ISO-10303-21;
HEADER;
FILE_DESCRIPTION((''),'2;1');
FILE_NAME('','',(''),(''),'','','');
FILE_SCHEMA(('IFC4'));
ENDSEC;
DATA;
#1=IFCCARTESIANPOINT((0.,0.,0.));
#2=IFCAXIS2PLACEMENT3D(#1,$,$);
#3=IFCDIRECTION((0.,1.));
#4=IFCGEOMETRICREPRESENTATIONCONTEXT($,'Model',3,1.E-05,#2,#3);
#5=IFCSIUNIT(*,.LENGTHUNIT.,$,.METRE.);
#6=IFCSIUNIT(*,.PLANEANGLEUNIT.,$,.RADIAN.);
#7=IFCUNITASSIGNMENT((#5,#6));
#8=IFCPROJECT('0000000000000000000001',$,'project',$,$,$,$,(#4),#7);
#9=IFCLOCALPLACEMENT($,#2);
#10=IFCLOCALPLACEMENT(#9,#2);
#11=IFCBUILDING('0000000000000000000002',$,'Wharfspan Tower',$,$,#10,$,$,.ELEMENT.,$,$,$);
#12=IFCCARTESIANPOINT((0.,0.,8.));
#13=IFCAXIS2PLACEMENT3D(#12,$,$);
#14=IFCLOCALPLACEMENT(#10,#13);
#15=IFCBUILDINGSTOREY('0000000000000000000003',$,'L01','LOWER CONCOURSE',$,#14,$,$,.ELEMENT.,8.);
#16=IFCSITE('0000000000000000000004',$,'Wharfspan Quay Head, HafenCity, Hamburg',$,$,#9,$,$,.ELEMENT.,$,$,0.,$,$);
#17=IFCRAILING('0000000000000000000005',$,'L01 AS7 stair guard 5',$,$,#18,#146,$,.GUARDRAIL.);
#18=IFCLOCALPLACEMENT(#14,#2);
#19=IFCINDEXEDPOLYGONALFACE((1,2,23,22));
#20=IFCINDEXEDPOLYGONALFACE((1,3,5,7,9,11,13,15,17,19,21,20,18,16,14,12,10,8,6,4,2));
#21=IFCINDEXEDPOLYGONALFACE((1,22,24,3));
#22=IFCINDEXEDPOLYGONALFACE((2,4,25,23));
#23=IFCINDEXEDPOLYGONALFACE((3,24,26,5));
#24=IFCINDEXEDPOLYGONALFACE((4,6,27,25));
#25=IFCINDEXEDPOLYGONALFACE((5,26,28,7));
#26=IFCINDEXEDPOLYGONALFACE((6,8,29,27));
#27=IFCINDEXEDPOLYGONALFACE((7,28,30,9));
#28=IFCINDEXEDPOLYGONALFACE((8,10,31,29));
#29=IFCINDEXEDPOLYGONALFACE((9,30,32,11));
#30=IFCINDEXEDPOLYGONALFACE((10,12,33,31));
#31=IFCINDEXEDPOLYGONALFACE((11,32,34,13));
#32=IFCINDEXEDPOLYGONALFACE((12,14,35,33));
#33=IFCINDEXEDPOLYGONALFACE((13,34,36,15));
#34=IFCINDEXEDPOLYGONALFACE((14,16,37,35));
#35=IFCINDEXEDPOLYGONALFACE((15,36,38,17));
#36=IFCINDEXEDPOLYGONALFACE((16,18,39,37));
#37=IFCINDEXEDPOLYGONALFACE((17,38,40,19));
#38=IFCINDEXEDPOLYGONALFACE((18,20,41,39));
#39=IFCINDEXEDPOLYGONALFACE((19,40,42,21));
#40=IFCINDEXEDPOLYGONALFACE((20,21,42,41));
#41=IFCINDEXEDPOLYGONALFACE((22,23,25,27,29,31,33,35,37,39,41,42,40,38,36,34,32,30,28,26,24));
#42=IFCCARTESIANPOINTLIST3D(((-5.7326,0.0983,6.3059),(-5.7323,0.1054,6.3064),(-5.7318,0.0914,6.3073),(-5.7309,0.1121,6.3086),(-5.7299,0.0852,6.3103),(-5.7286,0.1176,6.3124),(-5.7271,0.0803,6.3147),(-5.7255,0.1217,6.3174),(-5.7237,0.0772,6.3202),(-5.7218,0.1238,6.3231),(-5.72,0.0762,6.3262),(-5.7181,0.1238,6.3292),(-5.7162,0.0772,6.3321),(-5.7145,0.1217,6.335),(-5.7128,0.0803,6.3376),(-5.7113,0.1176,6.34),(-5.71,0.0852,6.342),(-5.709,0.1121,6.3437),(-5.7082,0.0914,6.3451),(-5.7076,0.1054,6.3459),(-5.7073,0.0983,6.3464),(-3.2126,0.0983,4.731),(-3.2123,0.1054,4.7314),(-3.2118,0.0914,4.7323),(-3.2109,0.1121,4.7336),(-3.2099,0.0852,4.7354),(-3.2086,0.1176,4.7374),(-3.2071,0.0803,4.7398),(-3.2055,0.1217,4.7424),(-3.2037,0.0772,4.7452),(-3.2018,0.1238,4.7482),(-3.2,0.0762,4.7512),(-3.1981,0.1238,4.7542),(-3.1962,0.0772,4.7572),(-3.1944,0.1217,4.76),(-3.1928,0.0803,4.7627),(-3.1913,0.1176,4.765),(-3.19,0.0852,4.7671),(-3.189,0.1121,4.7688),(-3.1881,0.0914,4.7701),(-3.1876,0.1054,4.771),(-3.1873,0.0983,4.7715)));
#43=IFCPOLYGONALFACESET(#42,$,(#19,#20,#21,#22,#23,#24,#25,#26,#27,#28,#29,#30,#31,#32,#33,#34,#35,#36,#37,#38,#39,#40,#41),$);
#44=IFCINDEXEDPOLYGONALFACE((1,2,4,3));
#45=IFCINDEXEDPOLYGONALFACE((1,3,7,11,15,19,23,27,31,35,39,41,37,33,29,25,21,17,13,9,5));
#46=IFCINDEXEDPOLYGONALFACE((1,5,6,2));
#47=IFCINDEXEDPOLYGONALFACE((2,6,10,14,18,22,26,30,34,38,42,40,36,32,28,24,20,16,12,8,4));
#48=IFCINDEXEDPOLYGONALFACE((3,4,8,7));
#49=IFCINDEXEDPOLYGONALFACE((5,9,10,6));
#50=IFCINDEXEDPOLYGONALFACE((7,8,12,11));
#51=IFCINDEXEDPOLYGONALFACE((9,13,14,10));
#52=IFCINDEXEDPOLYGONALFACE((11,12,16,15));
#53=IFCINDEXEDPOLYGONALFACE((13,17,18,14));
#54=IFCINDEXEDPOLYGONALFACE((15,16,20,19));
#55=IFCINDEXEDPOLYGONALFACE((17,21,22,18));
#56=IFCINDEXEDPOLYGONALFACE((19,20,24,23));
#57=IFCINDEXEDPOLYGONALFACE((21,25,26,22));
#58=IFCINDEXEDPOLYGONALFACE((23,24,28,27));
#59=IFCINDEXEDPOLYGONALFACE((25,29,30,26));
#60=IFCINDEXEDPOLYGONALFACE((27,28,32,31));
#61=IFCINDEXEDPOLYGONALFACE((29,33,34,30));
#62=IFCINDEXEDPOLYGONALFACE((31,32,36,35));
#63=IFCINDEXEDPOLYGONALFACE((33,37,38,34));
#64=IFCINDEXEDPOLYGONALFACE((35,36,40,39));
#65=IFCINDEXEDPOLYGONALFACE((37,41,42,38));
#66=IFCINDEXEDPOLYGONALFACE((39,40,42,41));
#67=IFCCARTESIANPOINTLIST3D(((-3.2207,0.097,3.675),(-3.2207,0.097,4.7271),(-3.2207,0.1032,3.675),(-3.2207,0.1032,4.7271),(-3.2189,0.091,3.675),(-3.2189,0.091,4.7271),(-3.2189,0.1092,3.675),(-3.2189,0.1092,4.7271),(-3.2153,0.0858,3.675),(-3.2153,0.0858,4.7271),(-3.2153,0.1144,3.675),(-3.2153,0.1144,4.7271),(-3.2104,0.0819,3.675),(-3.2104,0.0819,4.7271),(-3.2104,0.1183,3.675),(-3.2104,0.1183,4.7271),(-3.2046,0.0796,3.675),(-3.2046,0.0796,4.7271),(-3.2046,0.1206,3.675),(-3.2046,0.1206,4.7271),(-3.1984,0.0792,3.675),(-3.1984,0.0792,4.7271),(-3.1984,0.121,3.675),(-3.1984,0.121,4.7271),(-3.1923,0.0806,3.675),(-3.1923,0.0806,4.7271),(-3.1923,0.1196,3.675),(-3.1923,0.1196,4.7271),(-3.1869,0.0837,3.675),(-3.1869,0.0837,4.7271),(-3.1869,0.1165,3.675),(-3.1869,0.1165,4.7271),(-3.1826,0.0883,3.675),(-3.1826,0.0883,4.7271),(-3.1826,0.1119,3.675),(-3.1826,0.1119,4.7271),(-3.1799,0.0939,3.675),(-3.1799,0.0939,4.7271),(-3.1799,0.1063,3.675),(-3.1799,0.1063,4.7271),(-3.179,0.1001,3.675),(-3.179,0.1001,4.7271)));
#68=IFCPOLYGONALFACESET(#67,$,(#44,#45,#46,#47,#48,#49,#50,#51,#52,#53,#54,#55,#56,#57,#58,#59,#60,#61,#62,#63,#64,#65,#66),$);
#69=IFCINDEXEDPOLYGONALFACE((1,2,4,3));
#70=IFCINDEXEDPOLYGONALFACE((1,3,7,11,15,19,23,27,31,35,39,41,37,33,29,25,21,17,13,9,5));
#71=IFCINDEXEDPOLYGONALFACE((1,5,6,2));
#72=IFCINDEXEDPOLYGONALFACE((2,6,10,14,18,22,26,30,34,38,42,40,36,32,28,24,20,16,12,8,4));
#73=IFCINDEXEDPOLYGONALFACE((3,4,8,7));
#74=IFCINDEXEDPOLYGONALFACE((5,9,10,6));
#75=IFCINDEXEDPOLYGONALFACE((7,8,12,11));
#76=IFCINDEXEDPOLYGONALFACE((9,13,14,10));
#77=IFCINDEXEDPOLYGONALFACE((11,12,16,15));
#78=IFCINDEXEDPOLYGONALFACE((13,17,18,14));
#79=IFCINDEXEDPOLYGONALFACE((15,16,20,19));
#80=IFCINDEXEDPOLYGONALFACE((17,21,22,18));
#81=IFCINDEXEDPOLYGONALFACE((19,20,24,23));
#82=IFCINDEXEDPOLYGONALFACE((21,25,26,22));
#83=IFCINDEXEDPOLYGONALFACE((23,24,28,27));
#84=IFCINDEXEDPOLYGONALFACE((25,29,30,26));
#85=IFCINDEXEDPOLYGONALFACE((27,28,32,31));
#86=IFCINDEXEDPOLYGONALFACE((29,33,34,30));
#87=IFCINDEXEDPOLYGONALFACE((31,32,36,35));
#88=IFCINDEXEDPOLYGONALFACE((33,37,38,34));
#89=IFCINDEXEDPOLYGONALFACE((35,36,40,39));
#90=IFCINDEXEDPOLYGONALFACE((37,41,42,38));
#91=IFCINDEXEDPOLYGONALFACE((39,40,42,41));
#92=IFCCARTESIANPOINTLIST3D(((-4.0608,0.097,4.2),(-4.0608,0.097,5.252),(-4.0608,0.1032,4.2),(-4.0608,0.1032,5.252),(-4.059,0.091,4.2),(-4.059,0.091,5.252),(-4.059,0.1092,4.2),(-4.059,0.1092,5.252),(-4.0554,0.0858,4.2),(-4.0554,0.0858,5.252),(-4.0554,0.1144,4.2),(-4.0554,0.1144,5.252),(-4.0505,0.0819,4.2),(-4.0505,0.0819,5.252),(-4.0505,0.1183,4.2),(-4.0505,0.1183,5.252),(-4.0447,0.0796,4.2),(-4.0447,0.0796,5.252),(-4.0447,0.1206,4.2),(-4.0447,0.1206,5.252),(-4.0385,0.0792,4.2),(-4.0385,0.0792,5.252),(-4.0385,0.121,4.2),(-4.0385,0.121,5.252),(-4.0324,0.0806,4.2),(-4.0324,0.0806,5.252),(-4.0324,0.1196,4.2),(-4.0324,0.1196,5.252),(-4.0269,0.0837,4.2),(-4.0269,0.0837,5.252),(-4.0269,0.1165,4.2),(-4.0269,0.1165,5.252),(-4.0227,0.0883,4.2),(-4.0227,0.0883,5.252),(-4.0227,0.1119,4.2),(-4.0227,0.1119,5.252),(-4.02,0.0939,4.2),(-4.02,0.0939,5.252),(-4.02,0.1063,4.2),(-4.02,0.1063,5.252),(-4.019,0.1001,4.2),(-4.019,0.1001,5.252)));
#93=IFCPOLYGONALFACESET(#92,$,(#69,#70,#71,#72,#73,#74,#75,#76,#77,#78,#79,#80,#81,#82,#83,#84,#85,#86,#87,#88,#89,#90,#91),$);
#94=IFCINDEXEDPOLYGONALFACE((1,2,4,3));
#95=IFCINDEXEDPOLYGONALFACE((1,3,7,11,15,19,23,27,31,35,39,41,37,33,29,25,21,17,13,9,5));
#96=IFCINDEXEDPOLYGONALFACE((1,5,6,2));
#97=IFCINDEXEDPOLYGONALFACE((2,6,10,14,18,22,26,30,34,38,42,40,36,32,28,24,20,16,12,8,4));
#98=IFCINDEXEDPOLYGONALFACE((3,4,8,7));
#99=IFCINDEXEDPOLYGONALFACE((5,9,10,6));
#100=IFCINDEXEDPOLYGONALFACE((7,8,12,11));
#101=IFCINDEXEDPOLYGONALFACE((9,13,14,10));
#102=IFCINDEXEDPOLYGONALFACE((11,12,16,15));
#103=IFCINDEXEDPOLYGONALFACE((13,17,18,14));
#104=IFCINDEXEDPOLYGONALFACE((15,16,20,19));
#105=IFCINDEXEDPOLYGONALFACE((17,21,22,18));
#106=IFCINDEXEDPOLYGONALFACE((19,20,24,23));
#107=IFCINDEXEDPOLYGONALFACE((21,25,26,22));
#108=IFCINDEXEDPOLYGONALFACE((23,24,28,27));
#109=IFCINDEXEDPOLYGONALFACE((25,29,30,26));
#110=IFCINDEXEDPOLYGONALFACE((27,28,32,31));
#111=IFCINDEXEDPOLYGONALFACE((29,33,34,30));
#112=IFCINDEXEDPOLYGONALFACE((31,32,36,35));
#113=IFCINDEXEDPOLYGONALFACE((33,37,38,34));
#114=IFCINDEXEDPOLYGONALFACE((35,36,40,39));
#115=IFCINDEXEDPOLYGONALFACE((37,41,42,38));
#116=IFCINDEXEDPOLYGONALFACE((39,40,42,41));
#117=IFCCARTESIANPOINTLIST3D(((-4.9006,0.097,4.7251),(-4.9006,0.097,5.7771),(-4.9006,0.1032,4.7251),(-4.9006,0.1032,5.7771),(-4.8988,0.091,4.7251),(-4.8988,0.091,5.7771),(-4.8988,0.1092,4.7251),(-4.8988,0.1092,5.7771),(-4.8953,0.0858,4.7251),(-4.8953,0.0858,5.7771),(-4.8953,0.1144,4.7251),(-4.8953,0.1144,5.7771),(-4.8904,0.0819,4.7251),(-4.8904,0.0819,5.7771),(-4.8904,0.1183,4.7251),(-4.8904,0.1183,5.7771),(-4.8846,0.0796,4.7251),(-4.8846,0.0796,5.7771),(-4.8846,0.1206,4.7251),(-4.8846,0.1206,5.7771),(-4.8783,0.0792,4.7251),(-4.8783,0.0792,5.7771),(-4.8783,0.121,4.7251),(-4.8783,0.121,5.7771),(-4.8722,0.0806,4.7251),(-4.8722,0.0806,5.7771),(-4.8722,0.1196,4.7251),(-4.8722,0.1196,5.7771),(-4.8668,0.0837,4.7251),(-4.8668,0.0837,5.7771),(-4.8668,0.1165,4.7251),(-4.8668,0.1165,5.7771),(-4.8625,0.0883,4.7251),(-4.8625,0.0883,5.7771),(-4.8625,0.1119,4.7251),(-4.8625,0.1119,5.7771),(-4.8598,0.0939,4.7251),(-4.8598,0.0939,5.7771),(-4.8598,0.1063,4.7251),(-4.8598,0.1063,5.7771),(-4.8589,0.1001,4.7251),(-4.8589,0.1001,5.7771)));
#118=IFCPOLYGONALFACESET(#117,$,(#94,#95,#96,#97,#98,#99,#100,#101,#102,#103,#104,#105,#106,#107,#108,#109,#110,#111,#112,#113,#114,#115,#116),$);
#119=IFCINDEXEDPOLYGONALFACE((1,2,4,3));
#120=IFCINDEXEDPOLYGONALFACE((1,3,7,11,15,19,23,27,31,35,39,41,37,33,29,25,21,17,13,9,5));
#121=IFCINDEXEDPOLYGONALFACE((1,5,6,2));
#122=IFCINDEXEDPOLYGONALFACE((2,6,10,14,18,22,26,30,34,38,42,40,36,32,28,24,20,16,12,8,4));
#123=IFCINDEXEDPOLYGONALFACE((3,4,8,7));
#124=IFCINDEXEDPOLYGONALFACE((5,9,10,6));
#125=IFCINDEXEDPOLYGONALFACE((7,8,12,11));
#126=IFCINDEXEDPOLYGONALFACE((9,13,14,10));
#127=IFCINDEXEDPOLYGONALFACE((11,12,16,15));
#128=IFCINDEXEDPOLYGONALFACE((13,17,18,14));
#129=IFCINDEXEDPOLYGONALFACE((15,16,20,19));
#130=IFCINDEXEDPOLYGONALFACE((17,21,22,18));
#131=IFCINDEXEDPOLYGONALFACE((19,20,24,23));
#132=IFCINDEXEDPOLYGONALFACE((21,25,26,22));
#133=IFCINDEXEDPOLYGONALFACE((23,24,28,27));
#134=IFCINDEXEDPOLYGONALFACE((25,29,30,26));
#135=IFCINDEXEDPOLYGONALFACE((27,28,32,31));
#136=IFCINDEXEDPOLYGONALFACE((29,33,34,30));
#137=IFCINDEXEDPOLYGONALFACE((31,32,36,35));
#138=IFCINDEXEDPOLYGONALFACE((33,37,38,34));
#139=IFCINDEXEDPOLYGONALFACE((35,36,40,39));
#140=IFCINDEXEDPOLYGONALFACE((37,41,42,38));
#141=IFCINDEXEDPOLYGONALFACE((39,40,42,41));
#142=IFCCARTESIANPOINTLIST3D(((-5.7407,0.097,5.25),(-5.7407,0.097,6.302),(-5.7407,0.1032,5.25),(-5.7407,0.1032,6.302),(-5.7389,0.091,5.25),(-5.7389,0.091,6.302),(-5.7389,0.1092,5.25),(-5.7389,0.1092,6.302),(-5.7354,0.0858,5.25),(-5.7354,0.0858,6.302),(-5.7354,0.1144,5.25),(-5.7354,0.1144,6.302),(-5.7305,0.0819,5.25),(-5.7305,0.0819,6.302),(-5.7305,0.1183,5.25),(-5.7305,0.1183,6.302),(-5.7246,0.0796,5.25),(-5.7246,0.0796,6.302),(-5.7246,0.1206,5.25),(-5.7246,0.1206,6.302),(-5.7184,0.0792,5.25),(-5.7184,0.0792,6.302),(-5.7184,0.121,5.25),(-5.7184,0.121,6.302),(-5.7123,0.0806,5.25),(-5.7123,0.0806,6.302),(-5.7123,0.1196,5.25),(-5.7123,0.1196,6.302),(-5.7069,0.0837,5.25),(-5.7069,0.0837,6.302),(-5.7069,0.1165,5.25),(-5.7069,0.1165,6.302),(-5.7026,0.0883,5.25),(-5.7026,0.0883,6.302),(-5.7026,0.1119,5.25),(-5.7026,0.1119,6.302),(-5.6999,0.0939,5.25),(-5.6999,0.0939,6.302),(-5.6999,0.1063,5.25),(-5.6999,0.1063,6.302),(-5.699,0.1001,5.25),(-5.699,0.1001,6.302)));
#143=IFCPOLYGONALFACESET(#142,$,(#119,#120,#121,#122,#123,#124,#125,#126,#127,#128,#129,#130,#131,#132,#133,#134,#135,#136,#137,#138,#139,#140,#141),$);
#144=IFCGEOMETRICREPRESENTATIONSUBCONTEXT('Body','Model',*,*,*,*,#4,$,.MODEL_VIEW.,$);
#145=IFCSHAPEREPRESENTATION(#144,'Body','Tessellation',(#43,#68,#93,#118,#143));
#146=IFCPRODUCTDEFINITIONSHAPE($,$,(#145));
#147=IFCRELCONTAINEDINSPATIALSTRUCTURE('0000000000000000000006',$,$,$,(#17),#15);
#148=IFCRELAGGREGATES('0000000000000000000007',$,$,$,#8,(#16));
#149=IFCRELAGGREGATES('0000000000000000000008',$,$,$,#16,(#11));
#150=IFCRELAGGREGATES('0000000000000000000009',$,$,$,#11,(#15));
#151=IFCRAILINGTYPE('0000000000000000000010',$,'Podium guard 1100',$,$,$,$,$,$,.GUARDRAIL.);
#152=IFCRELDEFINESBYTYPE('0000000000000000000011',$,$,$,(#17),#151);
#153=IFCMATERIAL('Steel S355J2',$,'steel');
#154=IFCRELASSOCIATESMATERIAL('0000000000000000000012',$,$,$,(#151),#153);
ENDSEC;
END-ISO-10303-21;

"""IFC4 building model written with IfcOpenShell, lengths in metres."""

from ifc_helpers import new_model, si_unit, direction, frame, origin, origin_2d, place, context, subcontext, project, spatial, circle, extrude, material, type_object, element, save


model = new_model("IFC4")

# Units and contexts
model_context = context("Model", 3, precision=1e-05, world=origin(), true_north=direction((0.0, 1.0)))
body_context = subcontext(model_context, "Body", "Model", "MODEL_VIEW")
ifc_project = project(units=[si_unit("LENGTHUNIT", "METRE"), si_unit("PLANEANGLEUNIT", "RADIAN")], contexts=[model_context])

# Site, building, storey
site_placement = place(None, origin())
site = spatial("IfcSite", under=ifc_project, at=site_placement, Name="Wharfspan Quay Head, HafenCity, Hamburg", CompositionType="ELEMENT", RefElevation=0.0)
building_placement = place(site_placement, origin())
building = spatial("IfcBuilding", under=site, at=building_placement, Name="Wharfspan Tower", CompositionType="ELEMENT")
storey_placement = place(building_placement, frame((0.0, 0.0, 8.0)))
storey = spatial("IfcBuildingStorey", under=building, at=storey_placement, Name="L01", Description="LOWER CONCOURSE", CompositionType="ELEMENT", Elevation=8.0)

# Railing
ifc_material_1 = material(Name="Steel S355J2", Category="steel")
railing_type_1 = type_object("IfcRailingType", Name="Podium guard 1100", PredefinedType="GUARDRAIL", material=ifc_material_1)
railing_1_placement = place(storey_placement, frame((-3.2, 0.1001, 3.675)))
element("IfcRailing", 1, at=railing_1_placement, inside=storey, type_object=railing_type_1, Name="L01 AS7 stair guard 5", PredefinedType="GUARDRAIL", context=body_context, shape_type="SweptSolid", body=[
    extrude(circle(Radius=0.0239, at=origin_2d()), frame((0.0, 0.0, 1.0762), z_axis=(-0.848008, 0.0, 0.529984), x_axis=(0.0, -1.0, 0.0)), (0.0, 0.0, 1.0), 2.9717),
    extrude(circle(Radius=0.021, at=origin_2d()), origin(), (0.0, 0.0, 1.0), 1.052),
    extrude(circle(Radius=0.021, at=origin_2d()), frame((-0.8401, 0.0, 0.5249)), (0.0, 0.0, 1.0), 1.052),
    extrude(circle(Radius=0.021, at=origin_2d()), frame((-1.6799, 0.0, 1.05)), (0.0, 0.0, 1.0), 1.052),
    extrude(circle(Radius=0.021, at=origin_2d()), frame((-2.52, 0.0, 1.575)), (0.0, 0.0, 1.0), 1.052),
])

save(model, "model.ifc")
